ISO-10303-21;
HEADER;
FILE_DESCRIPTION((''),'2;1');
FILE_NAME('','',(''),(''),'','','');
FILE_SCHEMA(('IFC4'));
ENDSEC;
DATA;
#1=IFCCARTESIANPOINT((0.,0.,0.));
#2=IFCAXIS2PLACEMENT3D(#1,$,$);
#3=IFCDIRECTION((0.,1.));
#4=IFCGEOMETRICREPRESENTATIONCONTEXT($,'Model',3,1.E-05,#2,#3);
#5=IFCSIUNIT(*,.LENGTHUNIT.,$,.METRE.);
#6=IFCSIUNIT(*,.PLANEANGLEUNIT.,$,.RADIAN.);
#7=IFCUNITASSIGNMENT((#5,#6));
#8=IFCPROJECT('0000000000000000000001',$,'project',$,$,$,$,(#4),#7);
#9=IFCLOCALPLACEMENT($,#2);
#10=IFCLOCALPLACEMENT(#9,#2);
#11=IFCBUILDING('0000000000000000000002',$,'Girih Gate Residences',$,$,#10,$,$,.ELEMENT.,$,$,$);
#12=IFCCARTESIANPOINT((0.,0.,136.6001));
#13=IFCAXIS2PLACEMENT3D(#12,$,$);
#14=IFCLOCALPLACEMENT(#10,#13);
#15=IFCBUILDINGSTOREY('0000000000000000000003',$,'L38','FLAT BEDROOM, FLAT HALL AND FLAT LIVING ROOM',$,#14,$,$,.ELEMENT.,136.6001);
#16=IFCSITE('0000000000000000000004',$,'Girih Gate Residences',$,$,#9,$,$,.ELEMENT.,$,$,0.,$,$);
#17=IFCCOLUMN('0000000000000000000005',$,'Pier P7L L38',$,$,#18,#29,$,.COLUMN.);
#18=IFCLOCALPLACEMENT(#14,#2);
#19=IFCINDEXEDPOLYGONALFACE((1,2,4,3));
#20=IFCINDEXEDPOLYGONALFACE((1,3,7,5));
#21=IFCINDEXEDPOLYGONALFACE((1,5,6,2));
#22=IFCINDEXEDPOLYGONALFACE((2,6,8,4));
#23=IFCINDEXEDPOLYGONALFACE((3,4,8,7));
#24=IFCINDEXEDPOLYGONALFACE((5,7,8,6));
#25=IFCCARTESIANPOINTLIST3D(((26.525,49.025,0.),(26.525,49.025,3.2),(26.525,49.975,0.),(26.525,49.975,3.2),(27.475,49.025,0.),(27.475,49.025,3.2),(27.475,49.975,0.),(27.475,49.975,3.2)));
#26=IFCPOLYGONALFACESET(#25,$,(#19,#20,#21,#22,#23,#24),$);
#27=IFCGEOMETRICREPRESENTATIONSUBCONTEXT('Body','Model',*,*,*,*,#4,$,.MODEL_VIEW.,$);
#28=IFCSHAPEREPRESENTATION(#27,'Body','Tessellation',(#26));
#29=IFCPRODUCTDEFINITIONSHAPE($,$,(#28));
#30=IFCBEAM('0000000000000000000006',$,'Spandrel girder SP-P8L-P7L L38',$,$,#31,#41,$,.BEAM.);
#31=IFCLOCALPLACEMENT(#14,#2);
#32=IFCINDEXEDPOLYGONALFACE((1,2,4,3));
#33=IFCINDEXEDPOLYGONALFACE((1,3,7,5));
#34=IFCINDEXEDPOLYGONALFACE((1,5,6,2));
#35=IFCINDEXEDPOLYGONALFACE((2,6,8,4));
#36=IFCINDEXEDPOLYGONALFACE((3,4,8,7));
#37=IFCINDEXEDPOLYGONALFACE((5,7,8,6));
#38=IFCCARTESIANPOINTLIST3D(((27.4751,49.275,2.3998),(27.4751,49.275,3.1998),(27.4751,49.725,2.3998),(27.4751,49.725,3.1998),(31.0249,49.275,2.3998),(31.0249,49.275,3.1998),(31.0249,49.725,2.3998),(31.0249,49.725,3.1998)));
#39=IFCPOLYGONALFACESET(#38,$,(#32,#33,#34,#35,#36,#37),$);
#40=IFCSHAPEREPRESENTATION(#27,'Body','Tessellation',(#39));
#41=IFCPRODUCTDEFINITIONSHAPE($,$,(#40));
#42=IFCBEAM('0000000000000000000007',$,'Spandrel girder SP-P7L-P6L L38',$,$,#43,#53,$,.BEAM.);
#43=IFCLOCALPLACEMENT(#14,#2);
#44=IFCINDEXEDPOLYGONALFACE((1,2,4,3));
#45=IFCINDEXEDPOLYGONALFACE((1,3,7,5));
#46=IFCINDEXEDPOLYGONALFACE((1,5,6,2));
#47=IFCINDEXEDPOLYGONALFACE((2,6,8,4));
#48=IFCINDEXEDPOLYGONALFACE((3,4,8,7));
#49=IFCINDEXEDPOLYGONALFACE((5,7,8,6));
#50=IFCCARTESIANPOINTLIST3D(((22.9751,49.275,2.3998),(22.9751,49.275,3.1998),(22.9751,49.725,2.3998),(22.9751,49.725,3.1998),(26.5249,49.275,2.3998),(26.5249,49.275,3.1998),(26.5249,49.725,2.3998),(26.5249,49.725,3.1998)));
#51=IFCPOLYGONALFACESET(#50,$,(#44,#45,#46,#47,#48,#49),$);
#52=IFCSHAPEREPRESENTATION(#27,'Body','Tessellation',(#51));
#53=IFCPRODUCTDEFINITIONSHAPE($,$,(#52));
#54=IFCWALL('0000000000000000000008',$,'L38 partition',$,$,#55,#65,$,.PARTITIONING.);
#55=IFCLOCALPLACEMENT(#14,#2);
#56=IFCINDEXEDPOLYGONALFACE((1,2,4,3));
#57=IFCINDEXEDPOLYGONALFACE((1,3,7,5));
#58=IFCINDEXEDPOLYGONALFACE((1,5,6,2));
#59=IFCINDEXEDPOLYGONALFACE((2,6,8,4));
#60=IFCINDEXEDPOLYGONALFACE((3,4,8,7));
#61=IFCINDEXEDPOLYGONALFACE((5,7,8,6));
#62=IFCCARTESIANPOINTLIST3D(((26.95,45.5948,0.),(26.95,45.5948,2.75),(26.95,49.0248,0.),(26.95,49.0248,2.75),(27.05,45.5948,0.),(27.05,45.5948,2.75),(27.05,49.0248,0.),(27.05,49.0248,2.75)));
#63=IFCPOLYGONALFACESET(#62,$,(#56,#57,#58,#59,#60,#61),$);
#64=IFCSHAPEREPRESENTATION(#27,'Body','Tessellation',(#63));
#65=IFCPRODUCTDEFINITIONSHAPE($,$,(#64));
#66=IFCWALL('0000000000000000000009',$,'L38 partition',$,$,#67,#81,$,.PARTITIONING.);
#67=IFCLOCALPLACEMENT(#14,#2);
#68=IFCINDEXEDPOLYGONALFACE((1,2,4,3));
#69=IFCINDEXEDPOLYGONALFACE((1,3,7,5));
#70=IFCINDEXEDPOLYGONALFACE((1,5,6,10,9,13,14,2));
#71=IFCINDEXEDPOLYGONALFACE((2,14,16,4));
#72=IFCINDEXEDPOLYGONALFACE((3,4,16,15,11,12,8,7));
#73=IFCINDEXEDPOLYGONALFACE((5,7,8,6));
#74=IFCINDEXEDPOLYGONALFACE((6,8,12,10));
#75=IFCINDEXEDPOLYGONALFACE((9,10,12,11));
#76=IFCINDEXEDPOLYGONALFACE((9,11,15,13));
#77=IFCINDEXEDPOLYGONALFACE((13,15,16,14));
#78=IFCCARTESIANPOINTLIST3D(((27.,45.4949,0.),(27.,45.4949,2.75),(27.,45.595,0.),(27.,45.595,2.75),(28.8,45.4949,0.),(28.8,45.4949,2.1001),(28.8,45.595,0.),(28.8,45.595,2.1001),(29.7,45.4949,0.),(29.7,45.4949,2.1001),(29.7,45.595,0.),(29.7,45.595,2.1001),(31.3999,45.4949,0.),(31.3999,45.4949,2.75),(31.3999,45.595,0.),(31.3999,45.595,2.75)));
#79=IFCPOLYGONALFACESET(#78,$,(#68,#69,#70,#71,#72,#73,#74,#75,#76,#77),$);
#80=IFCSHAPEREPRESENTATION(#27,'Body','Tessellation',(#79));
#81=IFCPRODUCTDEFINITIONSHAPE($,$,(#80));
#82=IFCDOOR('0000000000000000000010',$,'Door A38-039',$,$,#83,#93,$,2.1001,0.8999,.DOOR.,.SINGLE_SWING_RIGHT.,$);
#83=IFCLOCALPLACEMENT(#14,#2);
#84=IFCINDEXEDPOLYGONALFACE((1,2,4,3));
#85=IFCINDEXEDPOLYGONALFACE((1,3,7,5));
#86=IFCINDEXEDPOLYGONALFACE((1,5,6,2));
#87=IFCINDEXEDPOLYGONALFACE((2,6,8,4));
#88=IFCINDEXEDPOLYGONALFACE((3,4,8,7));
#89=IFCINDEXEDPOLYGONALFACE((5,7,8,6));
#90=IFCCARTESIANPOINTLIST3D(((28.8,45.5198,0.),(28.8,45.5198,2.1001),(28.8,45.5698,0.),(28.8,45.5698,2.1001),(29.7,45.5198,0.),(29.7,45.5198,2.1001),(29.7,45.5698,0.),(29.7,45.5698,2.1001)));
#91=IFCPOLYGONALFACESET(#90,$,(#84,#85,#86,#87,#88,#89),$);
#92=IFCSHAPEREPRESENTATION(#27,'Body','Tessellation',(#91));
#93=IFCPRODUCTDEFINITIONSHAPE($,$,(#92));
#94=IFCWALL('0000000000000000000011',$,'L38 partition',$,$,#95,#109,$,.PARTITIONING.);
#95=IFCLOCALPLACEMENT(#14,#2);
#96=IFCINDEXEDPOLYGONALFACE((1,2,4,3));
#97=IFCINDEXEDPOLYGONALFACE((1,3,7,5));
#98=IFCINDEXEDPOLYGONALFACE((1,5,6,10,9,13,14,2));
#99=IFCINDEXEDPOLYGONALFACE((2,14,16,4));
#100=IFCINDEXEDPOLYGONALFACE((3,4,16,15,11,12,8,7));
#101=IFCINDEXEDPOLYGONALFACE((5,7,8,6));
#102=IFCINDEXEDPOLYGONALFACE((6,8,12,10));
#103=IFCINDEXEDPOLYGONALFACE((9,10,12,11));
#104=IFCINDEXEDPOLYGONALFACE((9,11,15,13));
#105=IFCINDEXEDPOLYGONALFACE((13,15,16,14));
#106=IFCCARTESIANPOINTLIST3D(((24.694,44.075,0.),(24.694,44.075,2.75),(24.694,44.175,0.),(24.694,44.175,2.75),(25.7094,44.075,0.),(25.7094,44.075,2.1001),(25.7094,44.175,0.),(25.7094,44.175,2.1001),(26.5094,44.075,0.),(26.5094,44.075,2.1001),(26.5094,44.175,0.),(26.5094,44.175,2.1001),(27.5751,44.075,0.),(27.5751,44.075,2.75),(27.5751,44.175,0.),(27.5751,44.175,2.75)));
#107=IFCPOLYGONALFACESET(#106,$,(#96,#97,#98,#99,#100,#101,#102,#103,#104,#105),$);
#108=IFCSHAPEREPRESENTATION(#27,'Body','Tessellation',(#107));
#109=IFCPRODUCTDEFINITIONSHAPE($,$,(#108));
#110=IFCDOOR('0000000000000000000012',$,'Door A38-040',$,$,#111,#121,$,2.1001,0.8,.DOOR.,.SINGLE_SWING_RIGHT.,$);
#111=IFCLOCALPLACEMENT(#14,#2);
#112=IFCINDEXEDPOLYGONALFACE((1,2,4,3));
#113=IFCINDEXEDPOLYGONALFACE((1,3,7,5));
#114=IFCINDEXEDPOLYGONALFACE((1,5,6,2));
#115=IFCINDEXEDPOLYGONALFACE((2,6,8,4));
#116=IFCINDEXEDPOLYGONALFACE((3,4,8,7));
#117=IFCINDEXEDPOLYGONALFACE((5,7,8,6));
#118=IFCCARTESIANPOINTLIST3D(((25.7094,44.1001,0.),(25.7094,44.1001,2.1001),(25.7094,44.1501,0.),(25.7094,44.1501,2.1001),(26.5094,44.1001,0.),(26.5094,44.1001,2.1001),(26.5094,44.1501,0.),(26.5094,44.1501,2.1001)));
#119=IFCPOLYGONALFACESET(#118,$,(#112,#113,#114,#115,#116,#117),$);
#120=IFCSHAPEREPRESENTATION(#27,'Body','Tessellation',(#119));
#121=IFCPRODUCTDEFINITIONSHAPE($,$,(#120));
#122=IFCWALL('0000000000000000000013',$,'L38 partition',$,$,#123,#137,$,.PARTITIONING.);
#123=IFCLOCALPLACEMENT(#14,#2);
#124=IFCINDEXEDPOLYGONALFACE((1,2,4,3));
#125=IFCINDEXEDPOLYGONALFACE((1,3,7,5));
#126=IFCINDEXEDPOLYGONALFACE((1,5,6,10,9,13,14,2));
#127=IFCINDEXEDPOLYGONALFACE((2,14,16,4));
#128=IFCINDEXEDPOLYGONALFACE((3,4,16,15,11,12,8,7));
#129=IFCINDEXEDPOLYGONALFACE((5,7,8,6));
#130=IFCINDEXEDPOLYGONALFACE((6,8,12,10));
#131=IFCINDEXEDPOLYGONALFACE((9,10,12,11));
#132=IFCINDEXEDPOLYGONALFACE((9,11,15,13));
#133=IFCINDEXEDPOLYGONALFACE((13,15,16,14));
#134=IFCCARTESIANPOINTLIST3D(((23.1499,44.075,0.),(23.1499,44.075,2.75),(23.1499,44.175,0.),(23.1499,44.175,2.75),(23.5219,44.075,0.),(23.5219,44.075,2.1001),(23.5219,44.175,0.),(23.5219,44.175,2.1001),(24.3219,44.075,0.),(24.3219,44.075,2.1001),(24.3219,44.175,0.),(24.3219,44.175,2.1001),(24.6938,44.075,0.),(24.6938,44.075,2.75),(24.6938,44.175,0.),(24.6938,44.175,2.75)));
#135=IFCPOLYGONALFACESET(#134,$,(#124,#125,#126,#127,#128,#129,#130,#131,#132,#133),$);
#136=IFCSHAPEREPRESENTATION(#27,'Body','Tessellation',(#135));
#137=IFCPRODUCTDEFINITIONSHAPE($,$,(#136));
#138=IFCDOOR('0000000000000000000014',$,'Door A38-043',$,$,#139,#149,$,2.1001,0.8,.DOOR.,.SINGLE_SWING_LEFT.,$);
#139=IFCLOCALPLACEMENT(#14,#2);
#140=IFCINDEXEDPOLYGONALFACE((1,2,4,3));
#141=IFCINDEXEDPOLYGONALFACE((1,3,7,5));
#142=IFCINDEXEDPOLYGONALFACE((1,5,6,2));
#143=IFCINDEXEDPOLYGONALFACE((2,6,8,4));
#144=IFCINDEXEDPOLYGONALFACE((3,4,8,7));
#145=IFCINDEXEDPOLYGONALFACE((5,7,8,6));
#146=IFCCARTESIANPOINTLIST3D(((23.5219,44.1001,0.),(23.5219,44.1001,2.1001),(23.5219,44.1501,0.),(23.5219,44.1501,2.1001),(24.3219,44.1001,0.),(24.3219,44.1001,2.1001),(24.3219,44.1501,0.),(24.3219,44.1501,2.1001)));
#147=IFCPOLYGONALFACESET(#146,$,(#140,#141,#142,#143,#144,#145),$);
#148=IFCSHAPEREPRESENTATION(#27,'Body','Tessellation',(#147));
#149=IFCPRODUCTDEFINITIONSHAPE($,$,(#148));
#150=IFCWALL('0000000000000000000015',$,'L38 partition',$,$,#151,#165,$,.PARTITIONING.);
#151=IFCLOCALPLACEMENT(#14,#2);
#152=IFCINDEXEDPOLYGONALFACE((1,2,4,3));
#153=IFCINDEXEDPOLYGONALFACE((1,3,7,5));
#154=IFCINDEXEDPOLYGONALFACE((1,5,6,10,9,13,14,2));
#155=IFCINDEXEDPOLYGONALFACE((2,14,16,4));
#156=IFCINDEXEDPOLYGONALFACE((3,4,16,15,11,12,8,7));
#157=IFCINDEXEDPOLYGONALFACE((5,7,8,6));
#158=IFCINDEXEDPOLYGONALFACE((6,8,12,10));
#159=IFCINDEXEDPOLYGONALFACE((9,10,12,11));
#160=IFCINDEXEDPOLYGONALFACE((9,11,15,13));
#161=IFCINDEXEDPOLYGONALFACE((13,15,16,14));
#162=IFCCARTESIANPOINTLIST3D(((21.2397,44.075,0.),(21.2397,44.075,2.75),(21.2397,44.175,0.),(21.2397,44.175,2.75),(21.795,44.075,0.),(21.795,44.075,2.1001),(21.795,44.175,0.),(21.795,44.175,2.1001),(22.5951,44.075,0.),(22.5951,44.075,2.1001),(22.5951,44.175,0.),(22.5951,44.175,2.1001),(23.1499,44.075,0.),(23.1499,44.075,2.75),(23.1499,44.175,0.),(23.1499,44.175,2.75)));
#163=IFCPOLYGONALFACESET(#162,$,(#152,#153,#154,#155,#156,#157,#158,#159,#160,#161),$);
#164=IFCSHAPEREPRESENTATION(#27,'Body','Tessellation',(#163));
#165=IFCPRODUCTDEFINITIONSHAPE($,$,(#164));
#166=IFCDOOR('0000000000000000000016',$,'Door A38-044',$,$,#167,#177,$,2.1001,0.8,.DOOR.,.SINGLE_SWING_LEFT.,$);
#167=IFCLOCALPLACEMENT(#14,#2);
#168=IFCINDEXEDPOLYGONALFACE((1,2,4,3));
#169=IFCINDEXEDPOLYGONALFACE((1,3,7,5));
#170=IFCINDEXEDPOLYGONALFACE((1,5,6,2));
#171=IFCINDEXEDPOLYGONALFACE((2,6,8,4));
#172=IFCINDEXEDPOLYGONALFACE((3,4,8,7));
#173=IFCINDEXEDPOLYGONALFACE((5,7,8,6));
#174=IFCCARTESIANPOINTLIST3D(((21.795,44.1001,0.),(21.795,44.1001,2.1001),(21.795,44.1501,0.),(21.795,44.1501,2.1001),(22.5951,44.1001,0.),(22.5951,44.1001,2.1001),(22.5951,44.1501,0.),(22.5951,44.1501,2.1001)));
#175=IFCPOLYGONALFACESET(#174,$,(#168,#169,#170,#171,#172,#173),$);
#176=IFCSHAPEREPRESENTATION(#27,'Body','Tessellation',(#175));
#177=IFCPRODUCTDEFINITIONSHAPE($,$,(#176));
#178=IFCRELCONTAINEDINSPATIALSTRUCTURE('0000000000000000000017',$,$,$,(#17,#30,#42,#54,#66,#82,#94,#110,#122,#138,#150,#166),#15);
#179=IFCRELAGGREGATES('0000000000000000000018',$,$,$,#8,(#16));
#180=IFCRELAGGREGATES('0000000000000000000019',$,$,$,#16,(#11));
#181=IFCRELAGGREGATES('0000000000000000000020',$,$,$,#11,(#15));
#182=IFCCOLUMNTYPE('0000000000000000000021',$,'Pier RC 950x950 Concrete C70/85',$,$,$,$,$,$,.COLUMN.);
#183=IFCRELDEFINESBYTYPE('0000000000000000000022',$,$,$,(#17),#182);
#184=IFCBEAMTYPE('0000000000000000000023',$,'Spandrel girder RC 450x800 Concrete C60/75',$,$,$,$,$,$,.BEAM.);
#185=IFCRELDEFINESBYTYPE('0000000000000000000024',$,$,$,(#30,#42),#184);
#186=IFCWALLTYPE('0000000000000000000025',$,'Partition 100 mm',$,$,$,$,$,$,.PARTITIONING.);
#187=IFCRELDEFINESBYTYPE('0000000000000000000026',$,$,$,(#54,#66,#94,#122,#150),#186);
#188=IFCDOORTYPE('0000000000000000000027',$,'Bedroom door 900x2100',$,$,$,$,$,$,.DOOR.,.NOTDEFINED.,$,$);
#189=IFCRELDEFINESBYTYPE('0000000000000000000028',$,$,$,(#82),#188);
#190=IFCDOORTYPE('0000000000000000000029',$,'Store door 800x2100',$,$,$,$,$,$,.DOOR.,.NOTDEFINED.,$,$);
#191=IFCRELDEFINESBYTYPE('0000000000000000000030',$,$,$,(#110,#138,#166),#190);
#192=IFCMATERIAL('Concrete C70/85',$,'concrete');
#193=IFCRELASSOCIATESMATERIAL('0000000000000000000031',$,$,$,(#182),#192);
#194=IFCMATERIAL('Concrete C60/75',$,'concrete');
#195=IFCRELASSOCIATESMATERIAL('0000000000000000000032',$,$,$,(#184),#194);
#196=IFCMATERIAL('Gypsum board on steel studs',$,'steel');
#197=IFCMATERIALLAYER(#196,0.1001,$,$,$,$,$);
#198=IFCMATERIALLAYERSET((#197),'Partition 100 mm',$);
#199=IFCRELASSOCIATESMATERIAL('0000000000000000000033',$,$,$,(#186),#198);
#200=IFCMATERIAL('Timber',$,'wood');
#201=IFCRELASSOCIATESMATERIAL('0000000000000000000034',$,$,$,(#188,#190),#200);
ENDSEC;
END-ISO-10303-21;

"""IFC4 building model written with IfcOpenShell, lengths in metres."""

from ifc_helpers import new_model, si_unit, direction, frame, frame_2d, origin, origin_2d, place, context, subcontext, project, spatial, rectangle, extrude, material, layer, layer_set, material_profile, profile_set, type_object, element, fill, save


model = new_model("IFC4")

# Units and contexts
model_context = context("Model", 3, precision=1e-05, world=origin(), true_north=direction((0.0, 1.0)))
body_context = subcontext(model_context, "Body", "Model", "MODEL_VIEW")
ifc_project = project(units=[si_unit("LENGTHUNIT", "METRE"), si_unit("PLANEANGLEUNIT", "RADIAN")], contexts=[model_context])

# Site, building, storey
site_placement = place(None, origin())
site = spatial("IfcSite", under=ifc_project, at=site_placement, Name="Girih Gate Residences", CompositionType="ELEMENT", RefElevation=0.0)
building_placement = place(site_placement, origin())
building = spatial("IfcBuilding", under=site, at=building_placement, Name="Girih Gate Residences", CompositionType="ELEMENT")
storey_placement = place(building_placement, frame((0.0, 0.0, 136.6001)))
storey = spatial("IfcBuildingStorey", under=building, at=storey_placement, Name="L38", Description="FLAT BEDROOM, FLAT HALL AND FLAT LIVING ROOM", CompositionType="ELEMENT", Elevation=136.6001)

# Column
ifc_material_1 = material(Name="Concrete C70/85", Category="concrete")
ifc_material_profile_1 = material_profile(ifc_material_1, rectangle(XDim=0.95, YDim=0.95, at=origin_2d()))
ifc_profile_set_1 = profile_set([ifc_material_profile_1], Name="Concrete C70/85")
column_type = type_object("IfcColumnType", Name="Pier RC 950x950 Concrete C70/85", PredefinedType="COLUMN", material=ifc_profile_set_1)
column_placement = place(storey_placement, frame((27.0, 49.5, 0.0), z_axis=(0.0, 0.0, 1.0), x_axis=(1.0, 0.0, 0.0)))
element("IfcColumn", 1, at=column_placement, inside=storey, type_object=column_type, Name="Pier P7L L38", PredefinedType="COLUMN", context=body_context, shape_type="SweptSolid", body=[
    extrude(rectangle(XDim=0.95, YDim=0.95, at=origin_2d()), origin(), (0.0, 0.0, 1.0), 3.2),
])

# Beams
ifc_material_2 = material(Name="Concrete C60/75", Category="concrete")
ifc_material_profile_2 = material_profile(ifc_material_2, rectangle(XDim=0.45, YDim=0.8, at=origin_2d()))
ifc_profile_set_2 = profile_set([ifc_material_profile_2], Name="Concrete C60/75")
beam_type = type_object("IfcBeamType", Name="Spandrel girder RC 450x800 Concrete C60/75", PredefinedType="BEAM", material=ifc_profile_set_2)
for number, where, z_axis, x_axis, name in (
    (2, (31.0249, 49.5, 2.7998), (-1.0, 0.0, 0.0), (0.0, -1.0, 0.0), "Spandrel girder SP-P8L-P7L L38"),
    (3, (26.5249, 49.5, 2.7998), (-1.0, 0.0, 0.0), (0.0, -1.0, 0.0), "Spandrel girder SP-P7L-P6L L38"),
):
    element("IfcBeam", number, at=place(storey_placement, frame(where, z_axis=z_axis, x_axis=x_axis)), inside=storey, type_object=beam_type, Name=name, PredefinedType="BEAM", context=body_context, shape_type="SweptSolid", body=[
        extrude(rectangle(XDim=0.45, YDim=0.8, at=origin_2d()), origin(), (0.0, 0.0, 1.0), 3.5498),
    ])

# Wall
ifc_material_3 = material(Name="Gypsum board on steel studs", Category="steel")
ifc_layer_1 = layer(ifc_material_3, 0.1001)
ifc_layer_set_1 = layer_set([ifc_layer_1], Name="Partition 100 mm")
wall_type_1 = type_object("IfcWallType", Name="Partition 100 mm", PredefinedType="PARTITIONING", material=ifc_layer_set_1)
wall_1_placement = place(storey_placement, frame((27.0, 45.595, 0.0), z_axis=(0.0, 0.0, 1.0), x_axis=(0.0, 1.0, 0.0)))
element("IfcWall", 4, at=wall_1_placement, inside=storey, type_object=wall_type_1, Name="L38 partition", PredefinedType="PARTITIONING", context=body_context, shape_type="SweptSolid", body=[
    extrude(rectangle(XDim=3.4299, YDim=0.1001, at=frame_2d((1.7148, 0.0))), origin(), (0.0, 0.0, 1.0), 2.75),
])

# Walls, openings, doors
wall_2_placement = place(storey_placement, frame((27.0, 45.5449, 0.0), z_axis=(0.0, 0.0, 1.0), x_axis=(1.0, 0.0, 0.0)))
wall_2 = element("IfcWall", 5, at=wall_2_placement, inside=storey, type_object=wall_type_1, Name="L38 partition", PredefinedType="PARTITIONING", context=body_context, shape_type="SweptSolid", body=[
    extrude(rectangle(XDim=4.3999, YDim=0.1001, at=frame_2d((2.2, 0.0))), origin(), (0.0, 0.0, 1.0), 2.75),
])
opening_1_placement = place(wall_2_placement, frame((1.8, 0.0, 0.0)))
opening_1 = element("IfcOpeningElement", 6, at=opening_1_placement, cuts=wall_2, PredefinedType="OPENING", context=body_context, shape_type="SweptSolid", body=[
    extrude(rectangle(XDim=0.8999, YDim=2.1001, at=frame_2d((0.45, 1.05))), frame((0.0, 0.0601, 0.0), z_axis=(0.0, -1.0, 0.0), x_axis=(1.0, 0.0, 0.0)), (0.0, 0.0, 1.0), 0.1201),
])
ifc_material_4 = material(Name="Timber", Category="wood")
door_type_1 = type_object("IfcDoorType", Name="Bedroom door 900x2100", OperationType="NOTDEFINED", PredefinedType="DOOR", material=ifc_material_4)
door_1_placement = place(opening_1_placement, origin())
door_1 = element("IfcDoor", 7, at=door_1_placement, inside=storey, type_object=door_type_1, Name="Door A38-039", OperationType="SINGLE_SWING_RIGHT", OverallHeight=2.1001, OverallWidth=0.8999, PredefinedType="DOOR", context=body_context, shape_type="SweptSolid", body=[
    extrude(rectangle(XDim=0.8999, YDim=2.1001, at=frame_2d((0.45, 1.05))), frame((0.0, 0.0249, 0.0), z_axis=(0.0, -1.0, 0.0), x_axis=(1.0, 0.0, 0.0)), (0.0, 0.0, 1.0), 0.05),
])
fill(opening_1, door_1)
wall_3_placement = place(storey_placement, frame((27.575, 44.125, 0.0), z_axis=(0.0, 0.0, 1.0), x_axis=(-1.0, 0.0, 0.0)))
wall_3 = element("IfcWall", 8, at=wall_3_placement, inside=storey, type_object=wall_type_1, Name="L38 partition", PredefinedType="PARTITIONING", context=body_context, shape_type="SweptSolid", body=[
    extrude(rectangle(XDim=2.8811, YDim=0.1001, at=frame_2d((1.4404, 0.0))), origin(), (0.0, 0.0, 1.0), 2.75),
])
opening_2_placement = place(wall_3_placement, frame((1.0657, 0.0, 0.0)))
opening_2 = element("IfcOpeningElement", 9, at=opening_2_placement, cuts=wall_3, PredefinedType="OPENING", context=body_context, shape_type="SweptSolid", body=[
    extrude(rectangle(XDim=0.8, YDim=2.1001, at=frame_2d((0.3999, 1.05))), frame((0.0, 0.0601, 0.0), z_axis=(0.0, -1.0, 0.0), x_axis=(1.0, 0.0, 0.0)), (0.0, 0.0, 1.0), 0.1201),
])
door_type_2 = type_object("IfcDoorType", Name="Store door 800x2100", OperationType="NOTDEFINED", PredefinedType="DOOR", material=ifc_material_4)
door_2_placement = place(opening_2_placement, origin())
door_2 = element("IfcDoor", 10, at=door_2_placement, inside=storey, type_object=door_type_2, Name="Door A38-040", OperationType="SINGLE_SWING_RIGHT", OverallHeight=2.1001, OverallWidth=0.8, PredefinedType="DOOR", context=body_context, shape_type="SweptSolid", body=[
    extrude(rectangle(XDim=0.8, YDim=2.1001, at=frame_2d((0.3999, 1.05))), frame((0.0, 0.0249, 0.0), z_axis=(0.0, -1.0, 0.0), x_axis=(1.0, 0.0, 0.0)), (0.0, 0.0, 1.0), 0.05),
])
fill(opening_2, door_2)
wall_4_placement = place(storey_placement, frame((24.6938, 44.125, 0.0), z_axis=(0.0, 0.0, 1.0), x_axis=(-1.0, 0.0, 0.0)))
wall_4 = element("IfcWall", 11, at=wall_4_placement, inside=storey, type_object=wall_type_1, Name="L38 partition", PredefinedType="PARTITIONING", context=body_context, shape_type="SweptSolid", body=[
    extrude(rectangle(XDim=1.5439, YDim=0.1001, at=frame_2d((0.772, 0.0))), origin(), (0.0, 0.0, 1.0), 2.75),
])
opening_3_placement = place(wall_4_placement, frame((0.3721, 0.0, 0.0)))
opening_3 = element("IfcOpeningElement", 12, at=opening_3_placement, cuts=wall_4, PredefinedType="OPENING", context=body_context, shape_type="SweptSolid", body=[
    extrude(rectangle(XDim=0.8, YDim=2.1001, at=frame_2d((0.3999, 1.05))), frame((0.0, 0.0601, 0.0), z_axis=(0.0, -1.0, 0.0), x_axis=(1.0, 0.0, 0.0)), (0.0, 0.0, 1.0), 0.1201),
])
door_3_placement = place(opening_3_placement, origin())
door_3 = element("IfcDoor", 13, at=door_3_placement, inside=storey, type_object=door_type_2, Name="Door A38-043", OperationType="SINGLE_SWING_LEFT", OverallHeight=2.1001, OverallWidth=0.8, PredefinedType="DOOR", context=body_context, shape_type="SweptSolid", body=[
    extrude(rectangle(XDim=0.8, YDim=2.1001, at=frame_2d((0.3999, 1.05))), frame((0.0, 0.0249, 0.0), z_axis=(0.0, -1.0, 0.0), x_axis=(1.0, 0.0, 0.0)), (0.0, 0.0, 1.0), 0.05),
])
fill(opening_3, door_3)
wall_5_placement = place(storey_placement, frame((23.1499, 44.125, 0.0), z_axis=(0.0, 0.0, 1.0), x_axis=(-1.0, 0.0, 0.0)))
wall_5 = element("IfcWall", 14, at=wall_5_placement, inside=storey, type_object=wall_type_1, Name="L38 partition", PredefinedType="PARTITIONING", context=body_context, shape_type="SweptSolid", body=[
    extrude(rectangle(XDim=1.9102, YDim=0.1001, at=frame_2d((0.9551, 0.0))), origin(), (0.0, 0.0, 1.0), 2.75),
])
opening_4_placement = place(wall_5_placement, frame((0.5549, 0.0, 0.0)))
opening_4 = element("IfcOpeningElement", 15, at=opening_4_placement, cuts=wall_5, PredefinedType="OPENING", context=body_context, shape_type="SweptSolid", body=[
    extrude(rectangle(XDim=0.8, YDim=2.1001, at=frame_2d((0.3999, 1.05))), frame((0.0, 0.0601, 0.0), z_axis=(0.0, -1.0, 0.0), x_axis=(1.0, 0.0, 0.0)), (0.0, 0.0, 1.0), 0.1201),
])
door_4_placement = place(opening_4_placement, origin())
door_4 = element("IfcDoor", 16, at=door_4_placement, inside=storey, type_object=door_type_2, Name="Door A38-044", OperationType="SINGLE_SWING_LEFT", OverallHeight=2.1001, OverallWidth=0.8, PredefinedType="DOOR", context=body_context, shape_type="SweptSolid", body=[
    extrude(rectangle(XDim=0.8, YDim=2.1001, at=frame_2d((0.3999, 1.05))), frame((0.0, 0.0249, 0.0), z_axis=(0.0, -1.0, 0.0), x_axis=(1.0, 0.0, 0.0)), (0.0, 0.0, 1.0), 0.05),
])
fill(opening_4, door_4)

save(model, "model.ifc")
